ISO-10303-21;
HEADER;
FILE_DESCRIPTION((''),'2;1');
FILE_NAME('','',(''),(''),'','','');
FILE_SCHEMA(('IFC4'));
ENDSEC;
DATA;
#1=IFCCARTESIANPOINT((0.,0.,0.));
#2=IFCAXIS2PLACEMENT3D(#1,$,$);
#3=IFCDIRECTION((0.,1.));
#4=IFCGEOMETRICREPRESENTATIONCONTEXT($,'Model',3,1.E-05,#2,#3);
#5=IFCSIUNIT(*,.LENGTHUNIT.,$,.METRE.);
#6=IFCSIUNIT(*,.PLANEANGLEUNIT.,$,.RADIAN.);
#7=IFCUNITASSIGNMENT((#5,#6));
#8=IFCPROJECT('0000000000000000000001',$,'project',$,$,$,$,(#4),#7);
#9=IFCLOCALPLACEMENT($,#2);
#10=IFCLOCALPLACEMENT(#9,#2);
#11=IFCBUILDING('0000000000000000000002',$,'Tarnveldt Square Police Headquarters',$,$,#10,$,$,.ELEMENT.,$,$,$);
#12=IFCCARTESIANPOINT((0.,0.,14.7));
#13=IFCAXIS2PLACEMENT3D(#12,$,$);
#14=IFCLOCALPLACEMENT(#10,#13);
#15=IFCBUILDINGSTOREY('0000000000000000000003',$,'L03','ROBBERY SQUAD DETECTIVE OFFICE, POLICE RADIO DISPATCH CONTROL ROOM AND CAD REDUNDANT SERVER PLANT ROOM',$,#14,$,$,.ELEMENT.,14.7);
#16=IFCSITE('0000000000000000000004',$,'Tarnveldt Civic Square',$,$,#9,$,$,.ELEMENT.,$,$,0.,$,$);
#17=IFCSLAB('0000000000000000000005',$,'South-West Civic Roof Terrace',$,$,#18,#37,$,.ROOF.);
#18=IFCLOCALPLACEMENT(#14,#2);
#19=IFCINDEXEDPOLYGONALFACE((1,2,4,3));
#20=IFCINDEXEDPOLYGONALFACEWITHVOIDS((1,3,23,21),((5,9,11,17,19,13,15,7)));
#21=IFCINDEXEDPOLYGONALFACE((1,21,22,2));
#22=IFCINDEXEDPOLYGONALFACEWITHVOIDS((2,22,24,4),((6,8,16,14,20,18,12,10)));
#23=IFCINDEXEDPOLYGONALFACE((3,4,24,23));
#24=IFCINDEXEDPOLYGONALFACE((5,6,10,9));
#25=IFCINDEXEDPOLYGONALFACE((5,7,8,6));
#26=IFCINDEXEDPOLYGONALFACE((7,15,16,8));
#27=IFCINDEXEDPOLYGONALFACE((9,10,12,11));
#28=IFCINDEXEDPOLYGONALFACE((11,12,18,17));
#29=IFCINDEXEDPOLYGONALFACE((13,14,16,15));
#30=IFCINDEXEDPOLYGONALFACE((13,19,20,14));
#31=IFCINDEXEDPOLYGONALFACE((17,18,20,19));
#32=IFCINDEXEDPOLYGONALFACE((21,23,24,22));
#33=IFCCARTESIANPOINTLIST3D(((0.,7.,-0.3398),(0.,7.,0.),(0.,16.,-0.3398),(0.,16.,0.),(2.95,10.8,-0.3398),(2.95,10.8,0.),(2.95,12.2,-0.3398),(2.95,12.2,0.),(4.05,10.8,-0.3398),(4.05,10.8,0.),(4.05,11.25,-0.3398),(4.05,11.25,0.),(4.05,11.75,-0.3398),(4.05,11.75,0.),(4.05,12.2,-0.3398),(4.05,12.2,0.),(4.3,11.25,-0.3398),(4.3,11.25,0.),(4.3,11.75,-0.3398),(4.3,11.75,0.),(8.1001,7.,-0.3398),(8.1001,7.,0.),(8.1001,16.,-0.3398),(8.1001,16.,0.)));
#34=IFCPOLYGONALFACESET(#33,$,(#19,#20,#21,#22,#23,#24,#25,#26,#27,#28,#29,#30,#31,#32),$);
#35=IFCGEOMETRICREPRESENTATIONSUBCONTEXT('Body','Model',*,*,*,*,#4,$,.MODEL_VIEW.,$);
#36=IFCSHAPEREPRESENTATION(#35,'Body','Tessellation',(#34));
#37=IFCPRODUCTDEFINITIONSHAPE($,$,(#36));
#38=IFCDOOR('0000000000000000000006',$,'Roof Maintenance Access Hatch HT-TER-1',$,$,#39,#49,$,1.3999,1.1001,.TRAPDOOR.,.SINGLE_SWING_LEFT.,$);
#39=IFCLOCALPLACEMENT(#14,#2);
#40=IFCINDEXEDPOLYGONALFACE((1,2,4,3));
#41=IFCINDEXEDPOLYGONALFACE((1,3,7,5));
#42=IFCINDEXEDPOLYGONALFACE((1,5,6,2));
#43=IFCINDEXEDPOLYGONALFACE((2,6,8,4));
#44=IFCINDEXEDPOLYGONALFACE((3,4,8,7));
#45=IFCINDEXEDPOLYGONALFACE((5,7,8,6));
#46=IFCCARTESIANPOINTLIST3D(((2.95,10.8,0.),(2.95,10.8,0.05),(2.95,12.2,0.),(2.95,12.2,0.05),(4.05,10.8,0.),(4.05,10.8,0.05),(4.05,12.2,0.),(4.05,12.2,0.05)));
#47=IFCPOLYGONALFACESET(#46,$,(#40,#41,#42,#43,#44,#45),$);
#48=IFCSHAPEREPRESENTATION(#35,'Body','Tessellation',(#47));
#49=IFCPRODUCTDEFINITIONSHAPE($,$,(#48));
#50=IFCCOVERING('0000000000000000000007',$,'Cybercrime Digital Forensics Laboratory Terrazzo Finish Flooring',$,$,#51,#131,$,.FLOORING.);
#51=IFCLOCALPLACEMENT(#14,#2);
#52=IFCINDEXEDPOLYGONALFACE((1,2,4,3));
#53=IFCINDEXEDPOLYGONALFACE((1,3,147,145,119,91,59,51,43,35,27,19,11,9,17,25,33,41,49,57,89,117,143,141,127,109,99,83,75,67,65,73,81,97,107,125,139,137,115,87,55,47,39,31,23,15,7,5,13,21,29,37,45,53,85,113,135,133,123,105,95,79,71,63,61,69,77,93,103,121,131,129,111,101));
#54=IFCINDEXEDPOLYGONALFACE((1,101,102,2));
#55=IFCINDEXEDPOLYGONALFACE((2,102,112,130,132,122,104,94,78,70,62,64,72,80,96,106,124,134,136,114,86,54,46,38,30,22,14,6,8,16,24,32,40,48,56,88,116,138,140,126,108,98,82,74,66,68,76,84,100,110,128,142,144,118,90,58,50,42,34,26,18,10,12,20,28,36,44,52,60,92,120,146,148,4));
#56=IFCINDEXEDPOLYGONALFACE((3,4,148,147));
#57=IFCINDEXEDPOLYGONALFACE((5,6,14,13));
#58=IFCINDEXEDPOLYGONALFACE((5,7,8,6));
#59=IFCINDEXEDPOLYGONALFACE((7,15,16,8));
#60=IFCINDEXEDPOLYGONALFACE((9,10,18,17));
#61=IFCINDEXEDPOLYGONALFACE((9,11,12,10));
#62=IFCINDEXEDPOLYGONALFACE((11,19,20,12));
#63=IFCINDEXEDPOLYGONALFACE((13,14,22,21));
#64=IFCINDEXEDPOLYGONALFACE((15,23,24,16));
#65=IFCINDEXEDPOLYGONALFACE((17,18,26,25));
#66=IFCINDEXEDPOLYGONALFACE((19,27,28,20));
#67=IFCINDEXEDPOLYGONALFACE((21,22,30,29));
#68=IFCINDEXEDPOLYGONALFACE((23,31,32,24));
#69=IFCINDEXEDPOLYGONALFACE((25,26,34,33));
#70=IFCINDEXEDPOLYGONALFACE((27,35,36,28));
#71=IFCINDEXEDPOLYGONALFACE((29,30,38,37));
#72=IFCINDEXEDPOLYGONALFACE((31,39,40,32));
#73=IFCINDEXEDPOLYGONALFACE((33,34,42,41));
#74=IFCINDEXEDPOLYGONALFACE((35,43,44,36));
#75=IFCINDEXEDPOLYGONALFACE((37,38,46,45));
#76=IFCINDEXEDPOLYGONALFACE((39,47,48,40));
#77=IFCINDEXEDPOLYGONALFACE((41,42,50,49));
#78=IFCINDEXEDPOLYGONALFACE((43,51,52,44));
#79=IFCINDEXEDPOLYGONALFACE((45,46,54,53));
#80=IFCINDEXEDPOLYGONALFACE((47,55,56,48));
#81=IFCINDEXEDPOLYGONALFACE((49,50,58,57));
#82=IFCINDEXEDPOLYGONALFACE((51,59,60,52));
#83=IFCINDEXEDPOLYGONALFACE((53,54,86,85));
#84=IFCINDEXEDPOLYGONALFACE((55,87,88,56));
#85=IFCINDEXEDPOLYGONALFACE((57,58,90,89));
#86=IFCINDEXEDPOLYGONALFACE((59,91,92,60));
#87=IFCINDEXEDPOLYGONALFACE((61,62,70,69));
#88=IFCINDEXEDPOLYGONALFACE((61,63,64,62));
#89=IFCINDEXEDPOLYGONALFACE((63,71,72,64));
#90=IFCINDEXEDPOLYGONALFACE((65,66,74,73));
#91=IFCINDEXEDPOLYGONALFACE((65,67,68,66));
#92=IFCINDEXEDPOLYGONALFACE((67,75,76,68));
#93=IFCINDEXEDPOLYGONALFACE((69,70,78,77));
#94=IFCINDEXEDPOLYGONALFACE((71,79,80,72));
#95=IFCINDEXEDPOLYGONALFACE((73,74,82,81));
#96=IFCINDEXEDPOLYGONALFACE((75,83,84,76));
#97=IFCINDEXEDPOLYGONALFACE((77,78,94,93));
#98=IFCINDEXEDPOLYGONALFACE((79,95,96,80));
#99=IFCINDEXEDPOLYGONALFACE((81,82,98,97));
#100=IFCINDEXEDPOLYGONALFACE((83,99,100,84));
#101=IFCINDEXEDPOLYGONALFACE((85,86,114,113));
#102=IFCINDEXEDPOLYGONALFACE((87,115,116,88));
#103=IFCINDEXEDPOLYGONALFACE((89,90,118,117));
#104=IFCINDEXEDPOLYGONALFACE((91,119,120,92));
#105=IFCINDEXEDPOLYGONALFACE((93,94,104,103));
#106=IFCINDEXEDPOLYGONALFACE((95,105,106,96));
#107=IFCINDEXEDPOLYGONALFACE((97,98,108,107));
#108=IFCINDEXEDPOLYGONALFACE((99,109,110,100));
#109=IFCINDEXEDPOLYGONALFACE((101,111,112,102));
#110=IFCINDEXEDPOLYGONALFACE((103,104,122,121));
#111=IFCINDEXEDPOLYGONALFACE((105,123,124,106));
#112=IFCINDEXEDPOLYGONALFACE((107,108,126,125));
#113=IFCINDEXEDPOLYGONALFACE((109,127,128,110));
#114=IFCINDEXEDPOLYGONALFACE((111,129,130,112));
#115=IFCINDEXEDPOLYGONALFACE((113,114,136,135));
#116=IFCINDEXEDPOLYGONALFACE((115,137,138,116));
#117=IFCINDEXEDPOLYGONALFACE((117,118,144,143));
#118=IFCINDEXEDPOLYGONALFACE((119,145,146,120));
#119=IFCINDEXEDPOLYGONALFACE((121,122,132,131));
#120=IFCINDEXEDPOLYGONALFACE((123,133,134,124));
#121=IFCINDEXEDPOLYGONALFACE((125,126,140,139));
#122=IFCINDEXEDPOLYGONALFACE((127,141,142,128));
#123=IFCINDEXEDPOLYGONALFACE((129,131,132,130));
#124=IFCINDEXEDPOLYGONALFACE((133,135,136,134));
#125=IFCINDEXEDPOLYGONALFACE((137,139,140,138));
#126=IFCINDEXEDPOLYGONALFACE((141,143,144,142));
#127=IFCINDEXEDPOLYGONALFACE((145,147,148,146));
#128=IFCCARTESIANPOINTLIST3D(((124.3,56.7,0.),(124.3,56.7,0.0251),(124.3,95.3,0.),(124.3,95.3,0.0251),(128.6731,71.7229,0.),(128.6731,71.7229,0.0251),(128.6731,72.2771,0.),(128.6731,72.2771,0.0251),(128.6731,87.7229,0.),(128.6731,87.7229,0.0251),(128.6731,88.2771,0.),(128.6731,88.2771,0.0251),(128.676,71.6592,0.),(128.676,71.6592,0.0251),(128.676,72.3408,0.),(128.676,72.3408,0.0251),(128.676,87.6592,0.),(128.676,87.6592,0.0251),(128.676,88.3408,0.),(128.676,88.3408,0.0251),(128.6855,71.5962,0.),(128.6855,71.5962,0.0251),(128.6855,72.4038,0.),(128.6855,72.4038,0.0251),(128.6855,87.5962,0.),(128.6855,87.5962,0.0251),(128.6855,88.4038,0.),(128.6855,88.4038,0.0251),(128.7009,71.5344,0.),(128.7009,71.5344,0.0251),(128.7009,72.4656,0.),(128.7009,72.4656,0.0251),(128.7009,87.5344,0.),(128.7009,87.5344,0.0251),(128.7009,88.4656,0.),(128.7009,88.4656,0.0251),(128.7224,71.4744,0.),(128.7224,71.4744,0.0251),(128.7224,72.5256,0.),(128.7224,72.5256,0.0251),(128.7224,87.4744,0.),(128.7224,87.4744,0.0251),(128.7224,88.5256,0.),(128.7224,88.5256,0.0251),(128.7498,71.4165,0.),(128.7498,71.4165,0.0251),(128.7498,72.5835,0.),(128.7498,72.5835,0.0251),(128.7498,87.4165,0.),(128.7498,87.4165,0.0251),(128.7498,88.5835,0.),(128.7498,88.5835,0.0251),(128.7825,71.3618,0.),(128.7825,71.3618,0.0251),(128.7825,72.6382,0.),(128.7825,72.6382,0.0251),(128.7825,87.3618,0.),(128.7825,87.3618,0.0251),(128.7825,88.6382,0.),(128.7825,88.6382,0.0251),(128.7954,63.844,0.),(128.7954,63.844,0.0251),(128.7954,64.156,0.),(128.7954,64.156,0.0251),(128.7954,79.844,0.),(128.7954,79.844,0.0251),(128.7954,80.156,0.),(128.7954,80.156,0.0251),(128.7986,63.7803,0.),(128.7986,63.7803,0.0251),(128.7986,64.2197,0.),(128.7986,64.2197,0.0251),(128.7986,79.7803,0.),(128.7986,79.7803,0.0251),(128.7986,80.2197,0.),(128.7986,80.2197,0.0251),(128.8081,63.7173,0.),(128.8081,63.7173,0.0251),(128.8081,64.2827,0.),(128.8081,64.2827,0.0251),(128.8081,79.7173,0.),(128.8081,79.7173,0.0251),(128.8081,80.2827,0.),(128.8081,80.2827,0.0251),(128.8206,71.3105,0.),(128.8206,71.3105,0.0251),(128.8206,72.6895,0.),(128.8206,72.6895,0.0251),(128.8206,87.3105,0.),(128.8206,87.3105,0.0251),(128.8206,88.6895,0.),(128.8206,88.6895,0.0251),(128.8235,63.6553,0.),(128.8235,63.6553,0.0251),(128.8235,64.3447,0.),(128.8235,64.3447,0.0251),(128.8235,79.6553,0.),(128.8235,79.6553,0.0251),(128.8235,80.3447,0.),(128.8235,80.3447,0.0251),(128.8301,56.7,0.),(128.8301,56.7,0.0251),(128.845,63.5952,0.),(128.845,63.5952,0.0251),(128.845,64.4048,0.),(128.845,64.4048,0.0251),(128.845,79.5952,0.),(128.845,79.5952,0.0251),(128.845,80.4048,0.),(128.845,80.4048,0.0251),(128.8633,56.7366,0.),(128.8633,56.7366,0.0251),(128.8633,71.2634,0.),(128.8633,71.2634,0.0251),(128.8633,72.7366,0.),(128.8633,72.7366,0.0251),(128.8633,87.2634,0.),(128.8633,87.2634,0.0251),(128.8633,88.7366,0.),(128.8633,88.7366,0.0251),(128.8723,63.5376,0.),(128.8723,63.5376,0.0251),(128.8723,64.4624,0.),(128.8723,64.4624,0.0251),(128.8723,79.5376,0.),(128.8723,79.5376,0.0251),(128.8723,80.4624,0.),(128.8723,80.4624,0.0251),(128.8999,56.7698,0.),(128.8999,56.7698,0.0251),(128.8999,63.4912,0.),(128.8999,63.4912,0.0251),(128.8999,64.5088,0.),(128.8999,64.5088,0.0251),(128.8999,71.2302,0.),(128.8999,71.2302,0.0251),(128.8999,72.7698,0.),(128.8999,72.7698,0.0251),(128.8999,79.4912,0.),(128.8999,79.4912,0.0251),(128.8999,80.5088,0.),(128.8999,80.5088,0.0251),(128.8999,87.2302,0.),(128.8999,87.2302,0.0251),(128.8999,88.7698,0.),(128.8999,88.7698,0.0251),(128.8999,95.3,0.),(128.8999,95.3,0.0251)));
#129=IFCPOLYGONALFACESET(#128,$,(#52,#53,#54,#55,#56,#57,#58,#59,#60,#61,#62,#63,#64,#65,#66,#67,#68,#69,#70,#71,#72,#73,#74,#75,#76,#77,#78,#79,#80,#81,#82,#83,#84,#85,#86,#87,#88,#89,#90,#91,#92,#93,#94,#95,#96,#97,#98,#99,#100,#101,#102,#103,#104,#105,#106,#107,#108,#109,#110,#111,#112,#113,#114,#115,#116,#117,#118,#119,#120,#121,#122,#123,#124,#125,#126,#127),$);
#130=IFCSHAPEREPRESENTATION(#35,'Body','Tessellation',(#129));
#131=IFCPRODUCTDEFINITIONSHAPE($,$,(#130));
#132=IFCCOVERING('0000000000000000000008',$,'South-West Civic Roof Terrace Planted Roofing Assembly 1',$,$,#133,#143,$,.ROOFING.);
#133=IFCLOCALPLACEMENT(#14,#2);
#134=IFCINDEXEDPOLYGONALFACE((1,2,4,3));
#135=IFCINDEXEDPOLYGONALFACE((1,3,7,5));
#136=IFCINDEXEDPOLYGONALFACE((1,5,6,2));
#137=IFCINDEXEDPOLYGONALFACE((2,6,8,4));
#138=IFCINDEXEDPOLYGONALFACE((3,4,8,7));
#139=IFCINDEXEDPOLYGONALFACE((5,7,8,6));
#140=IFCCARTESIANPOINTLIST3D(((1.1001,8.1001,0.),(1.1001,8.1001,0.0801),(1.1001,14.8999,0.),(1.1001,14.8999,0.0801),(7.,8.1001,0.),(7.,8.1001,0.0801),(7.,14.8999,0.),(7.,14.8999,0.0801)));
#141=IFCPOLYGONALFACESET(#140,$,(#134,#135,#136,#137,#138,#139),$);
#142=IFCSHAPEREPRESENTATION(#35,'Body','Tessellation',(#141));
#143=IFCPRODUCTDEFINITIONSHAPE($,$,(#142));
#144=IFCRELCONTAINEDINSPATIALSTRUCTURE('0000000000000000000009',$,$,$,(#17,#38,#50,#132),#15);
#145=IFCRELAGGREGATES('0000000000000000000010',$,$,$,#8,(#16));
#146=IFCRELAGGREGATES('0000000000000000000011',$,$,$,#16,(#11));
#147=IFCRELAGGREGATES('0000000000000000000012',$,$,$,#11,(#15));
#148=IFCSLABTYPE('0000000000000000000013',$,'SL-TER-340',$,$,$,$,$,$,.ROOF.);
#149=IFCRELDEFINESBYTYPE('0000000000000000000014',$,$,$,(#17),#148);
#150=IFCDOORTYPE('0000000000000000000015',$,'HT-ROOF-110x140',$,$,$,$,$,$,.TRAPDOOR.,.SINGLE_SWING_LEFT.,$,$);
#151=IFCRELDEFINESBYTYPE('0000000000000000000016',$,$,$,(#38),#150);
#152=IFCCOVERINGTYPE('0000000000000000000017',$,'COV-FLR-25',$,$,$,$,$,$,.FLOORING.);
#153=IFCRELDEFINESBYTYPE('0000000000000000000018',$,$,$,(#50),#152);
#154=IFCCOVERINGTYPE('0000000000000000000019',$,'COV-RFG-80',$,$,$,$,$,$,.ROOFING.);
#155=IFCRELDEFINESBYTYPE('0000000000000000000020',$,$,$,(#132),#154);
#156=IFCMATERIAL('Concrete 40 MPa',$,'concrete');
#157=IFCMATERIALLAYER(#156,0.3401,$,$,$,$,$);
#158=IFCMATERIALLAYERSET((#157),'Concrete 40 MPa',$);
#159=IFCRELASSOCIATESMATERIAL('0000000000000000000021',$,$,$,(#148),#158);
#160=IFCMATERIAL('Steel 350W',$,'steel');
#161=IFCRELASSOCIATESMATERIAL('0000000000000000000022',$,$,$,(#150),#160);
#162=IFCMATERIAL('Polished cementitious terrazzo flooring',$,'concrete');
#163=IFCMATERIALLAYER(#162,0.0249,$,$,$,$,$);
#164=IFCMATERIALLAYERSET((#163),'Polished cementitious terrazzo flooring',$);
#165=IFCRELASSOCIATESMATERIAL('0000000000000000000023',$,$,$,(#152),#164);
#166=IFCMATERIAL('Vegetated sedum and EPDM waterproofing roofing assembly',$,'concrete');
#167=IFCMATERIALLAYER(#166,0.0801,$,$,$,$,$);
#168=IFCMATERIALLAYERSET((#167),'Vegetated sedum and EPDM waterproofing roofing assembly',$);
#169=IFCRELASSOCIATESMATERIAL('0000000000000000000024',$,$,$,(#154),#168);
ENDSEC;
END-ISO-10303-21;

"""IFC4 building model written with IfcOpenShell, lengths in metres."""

from ifc_helpers import new_model, si_unit, direction, frame, origin, origin_2d, place, context, subcontext, project, spatial, polyline, rectangle, outline, extrude, material, layer, layer_set, type_object, element, fill, save


model = new_model("IFC4")

# Units and contexts
model_context = context("Model", 3, precision=1e-05, world=origin(), true_north=direction((0.0, 1.0)))
body_context = subcontext(model_context, "Body", "Model", "MODEL_VIEW")
ifc_project = project(units=[si_unit("LENGTHUNIT", "METRE"), si_unit("PLANEANGLEUNIT", "RADIAN")], contexts=[model_context])

# Site, building, storey
site_placement = place(None, origin())
site = spatial("IfcSite", under=ifc_project, at=site_placement, Name="Tarnveldt Civic Square", CompositionType="ELEMENT", RefElevation=0.0)
building_placement = place(site_placement, origin())
building = spatial("IfcBuilding", under=site, at=building_placement, Name="Tarnveldt Square Police Headquarters", CompositionType="ELEMENT")
storey_placement = place(building_placement, frame((0.0, 0.0, 14.7)))
storey = spatial("IfcBuildingStorey", under=building, at=storey_placement, Name="L03", Description="ROBBERY SQUAD DETECTIVE OFFICE, POLICE RADIO DISPATCH CONTROL ROOM AND CAD REDUNDANT SERVER PLANT ROOM", CompositionType="ELEMENT", Elevation=14.7)

# Shared definitions
ifc_material_1 = material(Name="Steel 350W", Category="steel")

# Shared definitions
ifc_material_2 = material(Name="Concrete 40 MPa", Category="concrete")

# Slab, opening, door
ifc_layer_1 = layer(ifc_material_2, 0.3401)
ifc_layer_set_1 = layer_set([ifc_layer_1], Name="Concrete 40 MPa")
slab_type_1 = type_object("IfcSlabType", Name="SL-TER-340", PredefinedType="ROOF", material=ifc_layer_set_1)
slab_1_placement = place(storey_placement, frame((0.0, 0.0, -0.3398)))
slab_1 = element("IfcSlab", 1, at=slab_1_placement, inside=storey, type_object=slab_type_1, Name="South-West Civic Roof Terrace", PredefinedType="ROOF", context=body_context, shape_type="SweptSolid", body=[
    extrude(outline(polyline([(0.0, 7.0), (0.0, 16.0), (8.1001, 16.0), (8.1001, 7.0), (0.0, 7.0)]), holes=[polyline([(4.3, 11.75), (3.8, 11.75), (3.8, 11.25), (4.3, 11.25), (4.3, 11.75)])]), origin(), (0.0, 0.0, 1.0), 0.3398),
])
opening_placement = place(slab_1_placement, frame((3.5, 11.5, 0.0)))
opening = element("IfcOpeningElement", 2, at=opening_placement, cuts=slab_1, PredefinedType="OPENING", context=body_context, shape_type="SweptSolid", body=[
    extrude(rectangle(XDim=1.1001, YDim=1.3999, at=origin_2d()), frame((0.0, 0.0, -0.01)), (0.0, 0.0, 1.0), 0.4199),
])
door_type = type_object("IfcDoorType", Name="HT-ROOF-110x140", OperationType="SINGLE_SWING_LEFT", PredefinedType="TRAPDOOR", material=ifc_material_1)
door_placement = place(opening_placement, frame((0.0, 0.0, 0.3398)))
door = element("IfcDoor", 3, at=door_placement, inside=storey, type_object=door_type, Name="Roof Maintenance Access Hatch HT-TER-1", OperationType="SINGLE_SWING_LEFT", OverallHeight=1.3999, OverallWidth=1.1001, PredefinedType="TRAPDOOR", context=body_context, shape_type="SweptSolid", body=[
    extrude(rectangle(XDim=1.1001, YDim=1.3999, at=origin_2d()), origin(), (0.0, 0.0, 1.0), 0.05),
])
fill(opening, door)

# Coverings
ifc_material_3 = material(Name="Polished cementitious terrazzo flooring", Category="concrete")
ifc_layer_2 = layer(ifc_material_3, 0.0249)
ifc_layer_set_2 = layer_set([ifc_layer_2], Name="Polished cementitious terrazzo flooring")
covering_type_1 = type_object("IfcCoveringType", Name="COV-FLR-25", PredefinedType="FLOORING", material=ifc_layer_set_2)
covering_1_placement = place(storey_placement, origin())
element("IfcCovering", 4, at=covering_1_placement, inside=storey, type_object=covering_type_1, Name="Cybercrime Digital Forensics Laboratory Terrazzo Finish Flooring", PredefinedType="FLOORING", context=body_context, shape_type="SweptSolid", body=[
    extrude(outline(polyline([(128.8301, 56.7), (124.3, 56.7), (124.3, 95.3), (128.8999, 95.3), (128.8999, 88.7698), (128.8633, 88.7366), (128.8206, 88.6895), (128.7825, 88.6382), (128.7498, 88.5835), (128.7224, 88.5256), (128.7009, 88.4656), (128.6855, 88.4038), (128.676, 88.3408), (128.6731, 88.2771), (128.6731, 87.7229), (128.676, 87.6592), (128.6855, 87.5962), (128.7009, 87.5344), (128.7224, 87.4744), (128.7498, 87.4165), (128.7825, 87.3618), (128.8206, 87.3105), (128.8633, 87.2634), (128.8999, 87.2302), (128.8999, 80.5088), (128.8723, 80.4624), (128.845, 80.4048), (128.8235, 80.3447), (128.8081, 80.2827), (128.7986, 80.2197), (128.7954, 80.156), (128.7954, 79.844), (128.7986, 79.7803), (128.8081, 79.7173), (128.8235, 79.6553), (128.845, 79.5952), (128.8723, 79.5376), (128.8999, 79.4912), (128.8999, 72.7698), (128.8633, 72.7366), (128.8206, 72.6895), (128.7825, 72.6382), (128.7498, 72.5835), (128.7224, 72.5256), (128.7009, 72.4656), (128.6855, 72.4038), (128.676, 72.3408), (128.6731, 72.2771), (128.6731, 71.7229), (128.676, 71.6592), (128.6855, 71.5962), (128.7009, 71.5344), (128.7224, 71.4744), (128.7498, 71.4165), (128.7825, 71.3618), (128.8206, 71.3105), (128.8633, 71.2634), (128.8999, 71.2302), (128.8999, 64.5088), (128.8723, 64.4624), (128.845, 64.4048), (128.8235, 64.3447), (128.8081, 64.2827), (128.7986, 64.2197), (128.7954, 64.156), (128.7954, 63.844), (128.7986, 63.7803), (128.8081, 63.7173), (128.8235, 63.6553), (128.845, 63.5952), (128.8723, 63.5376), (128.8999, 63.4912), (128.8999, 56.7698), (128.8633, 56.7366), (128.8301, 56.7)])), origin(), (0.0, 0.0, 1.0), 0.0251),
])
ifc_material_4 = material(Name="Vegetated sedum and EPDM waterproofing roofing assembly", Category="concrete")
ifc_layer_3 = layer(ifc_material_4, 0.0801)
ifc_layer_set_3 = layer_set([ifc_layer_3], Name="Vegetated sedum and EPDM waterproofing roofing assembly")
covering_type_2 = type_object("IfcCoveringType", Name="COV-RFG-80", PredefinedType="ROOFING", material=ifc_layer_set_3)
covering_2_placement = place(storey_placement, origin())
element("IfcCovering", 5, at=covering_2_placement, inside=storey, type_object=covering_type_2, Name="South-West Civic Roof Terrace Planted Roofing Assembly 1", PredefinedType="ROOFING", context=body_context, shape_type="SweptSolid", body=[
    extrude(outline(polyline([(7.0, 8.1001), (7.0, 14.8999), (1.1001, 14.8999), (1.1001, 8.1001), (7.0, 8.1001)])), origin(), (0.0, 0.0, 1.0), 0.0801),
])

save(model, "model.ifc")
